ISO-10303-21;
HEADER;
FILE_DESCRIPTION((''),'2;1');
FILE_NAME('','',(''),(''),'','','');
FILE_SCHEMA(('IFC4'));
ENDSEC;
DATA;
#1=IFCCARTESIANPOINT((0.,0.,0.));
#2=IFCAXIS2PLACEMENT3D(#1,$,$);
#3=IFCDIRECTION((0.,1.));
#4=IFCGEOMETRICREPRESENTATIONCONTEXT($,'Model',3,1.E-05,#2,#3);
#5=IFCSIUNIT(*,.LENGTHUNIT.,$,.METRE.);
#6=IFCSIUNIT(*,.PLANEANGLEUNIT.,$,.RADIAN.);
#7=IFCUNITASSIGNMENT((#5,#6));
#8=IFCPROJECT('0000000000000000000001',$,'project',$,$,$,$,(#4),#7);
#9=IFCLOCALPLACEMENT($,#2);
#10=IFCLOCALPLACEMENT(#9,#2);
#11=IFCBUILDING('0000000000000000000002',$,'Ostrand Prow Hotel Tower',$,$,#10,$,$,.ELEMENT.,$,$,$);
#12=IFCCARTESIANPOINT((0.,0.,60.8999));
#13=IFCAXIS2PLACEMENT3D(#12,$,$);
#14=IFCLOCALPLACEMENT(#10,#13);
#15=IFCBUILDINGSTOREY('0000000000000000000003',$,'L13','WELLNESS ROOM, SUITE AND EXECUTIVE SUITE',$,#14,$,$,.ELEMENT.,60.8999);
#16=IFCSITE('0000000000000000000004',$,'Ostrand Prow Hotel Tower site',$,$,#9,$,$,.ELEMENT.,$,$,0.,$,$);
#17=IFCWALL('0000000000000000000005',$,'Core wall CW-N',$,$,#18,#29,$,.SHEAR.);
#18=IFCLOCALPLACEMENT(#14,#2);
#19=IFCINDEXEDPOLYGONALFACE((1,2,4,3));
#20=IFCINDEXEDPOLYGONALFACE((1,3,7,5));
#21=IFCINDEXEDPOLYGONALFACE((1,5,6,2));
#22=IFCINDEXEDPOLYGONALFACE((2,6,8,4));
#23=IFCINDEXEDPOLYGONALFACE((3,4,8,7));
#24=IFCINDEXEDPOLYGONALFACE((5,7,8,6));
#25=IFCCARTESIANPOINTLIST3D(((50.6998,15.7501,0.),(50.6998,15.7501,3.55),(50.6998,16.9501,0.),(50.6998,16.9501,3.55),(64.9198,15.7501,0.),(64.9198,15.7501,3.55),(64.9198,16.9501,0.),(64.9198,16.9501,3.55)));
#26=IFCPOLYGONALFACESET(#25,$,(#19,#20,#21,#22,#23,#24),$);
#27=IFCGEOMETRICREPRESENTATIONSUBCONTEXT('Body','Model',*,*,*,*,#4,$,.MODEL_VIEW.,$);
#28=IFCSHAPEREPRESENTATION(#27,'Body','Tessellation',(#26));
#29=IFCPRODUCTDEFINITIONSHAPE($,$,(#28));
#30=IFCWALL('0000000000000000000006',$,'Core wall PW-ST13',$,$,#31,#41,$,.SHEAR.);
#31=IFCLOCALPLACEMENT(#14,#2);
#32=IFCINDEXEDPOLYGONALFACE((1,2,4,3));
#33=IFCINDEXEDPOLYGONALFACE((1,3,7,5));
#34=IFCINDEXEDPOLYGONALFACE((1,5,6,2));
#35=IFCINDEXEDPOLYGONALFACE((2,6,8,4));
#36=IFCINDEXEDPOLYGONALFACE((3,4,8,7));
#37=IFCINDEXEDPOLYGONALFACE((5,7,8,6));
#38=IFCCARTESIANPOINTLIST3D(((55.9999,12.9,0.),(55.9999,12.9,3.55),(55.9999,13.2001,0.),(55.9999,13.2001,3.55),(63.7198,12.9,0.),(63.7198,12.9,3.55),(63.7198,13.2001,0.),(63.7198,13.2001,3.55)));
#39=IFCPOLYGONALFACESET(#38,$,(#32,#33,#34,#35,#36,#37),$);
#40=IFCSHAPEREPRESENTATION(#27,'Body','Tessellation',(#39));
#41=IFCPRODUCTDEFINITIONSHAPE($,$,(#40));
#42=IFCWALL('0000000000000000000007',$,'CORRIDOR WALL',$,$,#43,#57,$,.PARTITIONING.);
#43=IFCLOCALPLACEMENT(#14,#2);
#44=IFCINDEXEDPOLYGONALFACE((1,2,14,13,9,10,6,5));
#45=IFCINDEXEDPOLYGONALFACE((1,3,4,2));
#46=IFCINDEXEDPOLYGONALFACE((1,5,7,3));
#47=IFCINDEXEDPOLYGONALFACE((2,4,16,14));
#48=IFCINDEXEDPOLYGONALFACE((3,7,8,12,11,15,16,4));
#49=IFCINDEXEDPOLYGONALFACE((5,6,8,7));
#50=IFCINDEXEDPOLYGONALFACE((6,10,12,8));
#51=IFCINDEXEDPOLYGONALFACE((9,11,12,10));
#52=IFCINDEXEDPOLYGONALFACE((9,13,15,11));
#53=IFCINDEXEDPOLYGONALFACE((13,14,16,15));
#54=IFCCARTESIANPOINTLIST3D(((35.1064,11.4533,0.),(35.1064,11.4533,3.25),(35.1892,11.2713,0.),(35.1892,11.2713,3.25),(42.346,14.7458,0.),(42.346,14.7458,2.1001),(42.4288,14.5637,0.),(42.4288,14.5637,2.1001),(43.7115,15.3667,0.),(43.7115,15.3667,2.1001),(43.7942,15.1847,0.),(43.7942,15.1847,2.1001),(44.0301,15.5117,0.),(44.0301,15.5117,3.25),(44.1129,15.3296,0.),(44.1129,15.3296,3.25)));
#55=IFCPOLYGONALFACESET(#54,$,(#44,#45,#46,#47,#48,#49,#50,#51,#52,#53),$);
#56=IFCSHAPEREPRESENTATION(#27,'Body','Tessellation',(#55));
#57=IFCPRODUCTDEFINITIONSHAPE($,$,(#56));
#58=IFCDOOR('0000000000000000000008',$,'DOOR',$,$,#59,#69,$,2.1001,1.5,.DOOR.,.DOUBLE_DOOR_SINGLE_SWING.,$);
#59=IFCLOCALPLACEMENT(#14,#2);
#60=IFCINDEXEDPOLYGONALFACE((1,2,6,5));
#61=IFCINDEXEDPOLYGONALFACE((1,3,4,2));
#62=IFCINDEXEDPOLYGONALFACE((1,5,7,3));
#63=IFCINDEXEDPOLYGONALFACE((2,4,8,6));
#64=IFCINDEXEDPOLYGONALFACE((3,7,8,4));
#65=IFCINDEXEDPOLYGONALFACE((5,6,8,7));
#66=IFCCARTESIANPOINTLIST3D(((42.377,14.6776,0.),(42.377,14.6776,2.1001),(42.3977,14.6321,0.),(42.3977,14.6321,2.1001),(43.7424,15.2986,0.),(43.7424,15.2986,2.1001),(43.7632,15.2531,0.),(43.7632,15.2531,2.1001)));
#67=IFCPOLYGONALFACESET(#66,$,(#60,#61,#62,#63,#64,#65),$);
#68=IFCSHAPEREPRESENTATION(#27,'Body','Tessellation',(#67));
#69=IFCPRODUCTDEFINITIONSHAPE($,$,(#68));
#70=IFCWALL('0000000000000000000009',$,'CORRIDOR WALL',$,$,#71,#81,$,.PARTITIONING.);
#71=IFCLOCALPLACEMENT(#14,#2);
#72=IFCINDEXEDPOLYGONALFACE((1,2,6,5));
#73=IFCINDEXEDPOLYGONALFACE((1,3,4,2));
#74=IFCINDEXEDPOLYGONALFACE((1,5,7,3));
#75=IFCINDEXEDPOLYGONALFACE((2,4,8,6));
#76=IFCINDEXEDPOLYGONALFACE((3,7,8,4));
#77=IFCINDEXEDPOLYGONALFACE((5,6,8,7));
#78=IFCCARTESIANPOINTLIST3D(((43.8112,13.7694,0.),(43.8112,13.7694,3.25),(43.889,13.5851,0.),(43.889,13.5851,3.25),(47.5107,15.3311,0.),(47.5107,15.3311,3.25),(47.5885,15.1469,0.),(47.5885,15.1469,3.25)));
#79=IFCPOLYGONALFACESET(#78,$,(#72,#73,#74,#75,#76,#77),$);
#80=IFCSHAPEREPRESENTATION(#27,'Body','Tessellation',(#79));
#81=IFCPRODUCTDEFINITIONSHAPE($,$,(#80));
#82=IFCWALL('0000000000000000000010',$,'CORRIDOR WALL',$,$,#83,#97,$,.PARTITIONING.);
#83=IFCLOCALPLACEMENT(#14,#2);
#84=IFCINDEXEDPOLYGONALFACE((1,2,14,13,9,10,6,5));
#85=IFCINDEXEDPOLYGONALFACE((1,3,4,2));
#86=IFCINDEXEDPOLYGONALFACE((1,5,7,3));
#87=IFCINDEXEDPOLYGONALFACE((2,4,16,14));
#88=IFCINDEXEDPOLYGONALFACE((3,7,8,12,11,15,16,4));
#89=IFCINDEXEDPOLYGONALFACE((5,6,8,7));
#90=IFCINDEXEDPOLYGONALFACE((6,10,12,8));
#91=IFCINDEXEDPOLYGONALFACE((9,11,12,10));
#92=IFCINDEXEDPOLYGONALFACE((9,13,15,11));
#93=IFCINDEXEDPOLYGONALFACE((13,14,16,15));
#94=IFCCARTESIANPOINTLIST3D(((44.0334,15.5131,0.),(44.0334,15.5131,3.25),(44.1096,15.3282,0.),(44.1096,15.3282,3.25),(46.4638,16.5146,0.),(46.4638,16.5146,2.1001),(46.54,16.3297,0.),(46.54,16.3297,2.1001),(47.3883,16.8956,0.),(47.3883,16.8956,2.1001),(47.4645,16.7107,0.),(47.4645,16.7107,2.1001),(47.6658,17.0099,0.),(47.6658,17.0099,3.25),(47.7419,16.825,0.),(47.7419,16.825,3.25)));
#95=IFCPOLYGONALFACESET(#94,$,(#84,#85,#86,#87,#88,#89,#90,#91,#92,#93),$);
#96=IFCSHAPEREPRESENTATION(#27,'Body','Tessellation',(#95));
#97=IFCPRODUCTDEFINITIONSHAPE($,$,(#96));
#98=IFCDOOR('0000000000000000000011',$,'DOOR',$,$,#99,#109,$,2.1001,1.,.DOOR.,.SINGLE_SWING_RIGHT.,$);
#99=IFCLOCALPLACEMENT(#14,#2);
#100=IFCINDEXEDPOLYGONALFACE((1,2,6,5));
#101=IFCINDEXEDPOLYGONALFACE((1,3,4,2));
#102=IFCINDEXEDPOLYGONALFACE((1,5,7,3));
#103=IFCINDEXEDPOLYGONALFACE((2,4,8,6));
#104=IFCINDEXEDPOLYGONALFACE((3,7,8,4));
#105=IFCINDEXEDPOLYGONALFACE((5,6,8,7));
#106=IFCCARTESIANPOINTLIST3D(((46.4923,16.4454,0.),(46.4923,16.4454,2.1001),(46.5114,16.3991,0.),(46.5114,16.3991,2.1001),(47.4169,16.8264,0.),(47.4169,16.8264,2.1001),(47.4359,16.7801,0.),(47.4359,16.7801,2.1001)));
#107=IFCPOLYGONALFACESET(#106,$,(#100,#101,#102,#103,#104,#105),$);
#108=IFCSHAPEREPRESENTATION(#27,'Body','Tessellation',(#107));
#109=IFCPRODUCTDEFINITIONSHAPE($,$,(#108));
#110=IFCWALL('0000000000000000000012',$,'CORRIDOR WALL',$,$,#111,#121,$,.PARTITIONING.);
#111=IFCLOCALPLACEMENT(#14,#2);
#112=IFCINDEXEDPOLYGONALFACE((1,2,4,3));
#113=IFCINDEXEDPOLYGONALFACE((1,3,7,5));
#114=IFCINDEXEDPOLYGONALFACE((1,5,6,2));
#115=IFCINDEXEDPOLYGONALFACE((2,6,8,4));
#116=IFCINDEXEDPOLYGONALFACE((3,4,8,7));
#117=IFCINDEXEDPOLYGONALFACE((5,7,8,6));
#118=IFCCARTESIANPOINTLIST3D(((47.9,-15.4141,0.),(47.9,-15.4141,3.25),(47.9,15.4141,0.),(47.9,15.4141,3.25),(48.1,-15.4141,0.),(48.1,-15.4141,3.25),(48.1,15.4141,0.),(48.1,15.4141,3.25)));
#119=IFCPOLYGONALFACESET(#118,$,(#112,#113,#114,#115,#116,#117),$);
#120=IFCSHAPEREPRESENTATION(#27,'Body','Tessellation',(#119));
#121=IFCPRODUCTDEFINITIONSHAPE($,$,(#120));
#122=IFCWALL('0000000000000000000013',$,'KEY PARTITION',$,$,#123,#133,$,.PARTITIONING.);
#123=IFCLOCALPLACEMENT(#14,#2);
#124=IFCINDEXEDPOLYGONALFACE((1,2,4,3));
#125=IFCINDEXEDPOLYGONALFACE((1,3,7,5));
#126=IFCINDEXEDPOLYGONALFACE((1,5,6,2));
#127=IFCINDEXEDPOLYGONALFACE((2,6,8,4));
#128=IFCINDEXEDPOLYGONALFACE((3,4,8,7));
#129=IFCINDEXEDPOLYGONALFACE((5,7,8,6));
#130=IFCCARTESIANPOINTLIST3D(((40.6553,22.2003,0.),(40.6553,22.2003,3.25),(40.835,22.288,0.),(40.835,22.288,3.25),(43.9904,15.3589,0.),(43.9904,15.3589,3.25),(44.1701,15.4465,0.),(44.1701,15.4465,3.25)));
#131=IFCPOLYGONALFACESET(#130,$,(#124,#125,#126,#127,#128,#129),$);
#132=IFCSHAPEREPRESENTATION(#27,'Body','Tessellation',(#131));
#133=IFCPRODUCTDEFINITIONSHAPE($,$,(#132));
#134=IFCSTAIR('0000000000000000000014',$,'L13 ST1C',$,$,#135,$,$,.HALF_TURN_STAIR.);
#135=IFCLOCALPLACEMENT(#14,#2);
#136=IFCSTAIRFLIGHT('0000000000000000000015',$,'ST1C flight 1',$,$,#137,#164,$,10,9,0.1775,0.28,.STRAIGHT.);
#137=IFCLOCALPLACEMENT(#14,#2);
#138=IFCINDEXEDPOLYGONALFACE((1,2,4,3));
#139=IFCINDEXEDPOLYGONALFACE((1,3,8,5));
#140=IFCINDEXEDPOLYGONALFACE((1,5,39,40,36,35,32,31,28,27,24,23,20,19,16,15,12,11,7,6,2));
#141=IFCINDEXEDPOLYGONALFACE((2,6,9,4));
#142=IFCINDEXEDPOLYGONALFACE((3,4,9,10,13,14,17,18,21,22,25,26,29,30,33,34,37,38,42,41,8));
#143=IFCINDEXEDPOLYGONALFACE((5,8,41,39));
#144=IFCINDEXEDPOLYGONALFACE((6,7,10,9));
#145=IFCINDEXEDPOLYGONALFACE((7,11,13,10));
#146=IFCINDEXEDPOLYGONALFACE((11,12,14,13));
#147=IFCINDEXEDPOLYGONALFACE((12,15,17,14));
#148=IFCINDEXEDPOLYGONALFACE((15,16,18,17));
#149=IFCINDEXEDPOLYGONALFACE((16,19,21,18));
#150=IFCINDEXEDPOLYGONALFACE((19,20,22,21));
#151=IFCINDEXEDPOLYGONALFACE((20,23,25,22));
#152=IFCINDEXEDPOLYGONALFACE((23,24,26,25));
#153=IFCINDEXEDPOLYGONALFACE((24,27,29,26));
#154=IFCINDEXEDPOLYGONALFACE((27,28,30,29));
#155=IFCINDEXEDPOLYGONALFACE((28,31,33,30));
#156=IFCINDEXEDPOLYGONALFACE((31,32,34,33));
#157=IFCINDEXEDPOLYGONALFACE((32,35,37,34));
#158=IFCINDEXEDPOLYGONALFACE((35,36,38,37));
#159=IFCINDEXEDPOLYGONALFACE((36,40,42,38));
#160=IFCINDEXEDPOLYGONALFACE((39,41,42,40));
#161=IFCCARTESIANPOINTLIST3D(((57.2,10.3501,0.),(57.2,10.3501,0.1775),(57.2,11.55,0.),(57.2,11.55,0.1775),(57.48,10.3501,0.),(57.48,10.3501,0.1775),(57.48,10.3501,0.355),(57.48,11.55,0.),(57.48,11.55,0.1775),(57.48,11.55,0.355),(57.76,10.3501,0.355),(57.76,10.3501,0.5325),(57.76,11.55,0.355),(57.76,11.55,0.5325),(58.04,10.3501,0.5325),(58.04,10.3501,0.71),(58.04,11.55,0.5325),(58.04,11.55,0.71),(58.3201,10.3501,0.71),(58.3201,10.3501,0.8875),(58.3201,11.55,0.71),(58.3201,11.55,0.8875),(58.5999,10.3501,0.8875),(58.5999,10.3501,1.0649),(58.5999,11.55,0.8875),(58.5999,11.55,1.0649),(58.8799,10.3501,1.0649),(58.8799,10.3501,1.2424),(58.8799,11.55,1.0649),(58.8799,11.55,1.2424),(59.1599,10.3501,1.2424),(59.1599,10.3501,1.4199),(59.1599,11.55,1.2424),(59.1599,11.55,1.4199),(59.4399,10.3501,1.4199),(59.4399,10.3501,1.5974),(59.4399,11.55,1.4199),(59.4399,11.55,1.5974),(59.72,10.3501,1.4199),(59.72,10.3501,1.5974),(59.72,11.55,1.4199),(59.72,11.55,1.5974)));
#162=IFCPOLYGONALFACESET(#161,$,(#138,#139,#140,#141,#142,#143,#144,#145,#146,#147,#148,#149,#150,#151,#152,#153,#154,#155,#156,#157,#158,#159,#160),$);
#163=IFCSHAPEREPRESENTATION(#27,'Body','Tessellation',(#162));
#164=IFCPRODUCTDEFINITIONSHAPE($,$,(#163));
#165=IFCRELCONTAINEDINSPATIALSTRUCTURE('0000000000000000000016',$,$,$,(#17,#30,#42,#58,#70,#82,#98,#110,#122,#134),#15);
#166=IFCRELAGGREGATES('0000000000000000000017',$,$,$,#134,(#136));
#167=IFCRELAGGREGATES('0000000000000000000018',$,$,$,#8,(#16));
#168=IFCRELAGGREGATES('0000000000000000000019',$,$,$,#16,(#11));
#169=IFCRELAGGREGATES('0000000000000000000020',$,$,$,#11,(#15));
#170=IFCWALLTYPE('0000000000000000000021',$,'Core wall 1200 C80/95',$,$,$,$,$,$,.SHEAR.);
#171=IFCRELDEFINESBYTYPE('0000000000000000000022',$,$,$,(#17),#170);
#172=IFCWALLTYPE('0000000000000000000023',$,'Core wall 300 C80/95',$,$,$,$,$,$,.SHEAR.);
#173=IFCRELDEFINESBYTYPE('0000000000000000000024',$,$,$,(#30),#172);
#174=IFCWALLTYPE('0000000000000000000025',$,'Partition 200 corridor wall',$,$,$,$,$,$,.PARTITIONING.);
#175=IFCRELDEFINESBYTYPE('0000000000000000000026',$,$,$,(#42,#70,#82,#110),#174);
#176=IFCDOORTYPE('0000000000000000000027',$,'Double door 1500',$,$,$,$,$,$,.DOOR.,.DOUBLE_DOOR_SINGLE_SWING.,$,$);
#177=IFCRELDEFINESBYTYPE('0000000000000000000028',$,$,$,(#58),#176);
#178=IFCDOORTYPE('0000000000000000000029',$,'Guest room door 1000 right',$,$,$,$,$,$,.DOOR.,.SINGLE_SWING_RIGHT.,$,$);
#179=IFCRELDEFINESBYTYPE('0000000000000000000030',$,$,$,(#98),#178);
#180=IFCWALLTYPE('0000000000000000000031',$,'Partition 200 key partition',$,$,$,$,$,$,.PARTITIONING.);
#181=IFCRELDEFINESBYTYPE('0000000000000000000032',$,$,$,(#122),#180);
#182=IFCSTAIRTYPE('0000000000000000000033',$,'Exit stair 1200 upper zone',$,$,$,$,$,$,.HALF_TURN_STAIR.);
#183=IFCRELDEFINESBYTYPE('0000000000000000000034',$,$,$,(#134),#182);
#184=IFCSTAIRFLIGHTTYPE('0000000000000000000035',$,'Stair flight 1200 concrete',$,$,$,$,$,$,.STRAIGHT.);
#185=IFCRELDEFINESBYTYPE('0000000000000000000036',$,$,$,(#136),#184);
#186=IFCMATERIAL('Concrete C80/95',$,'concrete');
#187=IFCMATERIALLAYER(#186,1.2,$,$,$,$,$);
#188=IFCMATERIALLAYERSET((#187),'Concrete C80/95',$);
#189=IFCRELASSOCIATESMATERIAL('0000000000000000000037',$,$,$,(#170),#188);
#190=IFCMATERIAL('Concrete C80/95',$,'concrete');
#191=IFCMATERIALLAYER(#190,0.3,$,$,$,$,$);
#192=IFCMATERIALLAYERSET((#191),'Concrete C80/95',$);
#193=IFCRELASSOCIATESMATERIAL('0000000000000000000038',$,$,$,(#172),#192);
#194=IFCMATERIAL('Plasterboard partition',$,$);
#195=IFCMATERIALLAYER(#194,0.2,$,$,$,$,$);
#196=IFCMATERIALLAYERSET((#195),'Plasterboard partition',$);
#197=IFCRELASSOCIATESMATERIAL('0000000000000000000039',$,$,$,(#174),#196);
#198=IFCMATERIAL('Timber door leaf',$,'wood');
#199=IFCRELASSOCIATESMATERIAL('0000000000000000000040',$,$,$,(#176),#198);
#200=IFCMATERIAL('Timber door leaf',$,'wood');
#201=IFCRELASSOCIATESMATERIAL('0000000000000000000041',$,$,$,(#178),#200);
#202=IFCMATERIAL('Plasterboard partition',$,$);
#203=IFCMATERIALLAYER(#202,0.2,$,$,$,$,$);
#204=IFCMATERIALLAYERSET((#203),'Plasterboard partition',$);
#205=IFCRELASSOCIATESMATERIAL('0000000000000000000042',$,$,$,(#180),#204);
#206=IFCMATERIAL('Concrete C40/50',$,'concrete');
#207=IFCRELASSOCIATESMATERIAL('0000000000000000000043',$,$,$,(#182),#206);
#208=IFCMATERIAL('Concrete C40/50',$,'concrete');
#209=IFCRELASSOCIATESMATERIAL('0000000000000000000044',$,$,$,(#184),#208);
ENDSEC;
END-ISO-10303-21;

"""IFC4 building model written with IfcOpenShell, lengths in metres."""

from ifc_helpers import new_model, si_unit, direction, frame, frame_2d, origin, place, context, subcontext, project, spatial, polyline, rectangle, outline, extrude, material, layer, layer_set, type_object, element, fill, aggregate, save


model = new_model("IFC4")

# Units and contexts
model_context = context("Model", 3, precision=1e-05, world=origin(), true_north=direction((0.0, 1.0)))
body_context = subcontext(model_context, "Body", "Model", "MODEL_VIEW")
ifc_project = project(units=[si_unit("LENGTHUNIT", "METRE"), si_unit("PLANEANGLEUNIT", "RADIAN")], contexts=[model_context])

# Site, building, storey
site_placement = place(None, origin())
site = spatial("IfcSite", under=ifc_project, at=site_placement, Name="Ostrand Prow Hotel Tower site", CompositionType="ELEMENT", RefElevation=0.0)
building_placement = place(site_placement, origin())
building = spatial("IfcBuilding", under=site, at=building_placement, Name="Ostrand Prow Hotel Tower", CompositionType="ELEMENT")
storey_placement = place(building_placement, frame((0.0, 0.0, 60.8999)))
storey = spatial("IfcBuildingStorey", under=building, at=storey_placement, Name="L13", Description="WELLNESS ROOM, SUITE AND EXECUTIVE SUITE", CompositionType="ELEMENT", Elevation=60.8999)

# Walls
ifc_material_1 = material(Name="Concrete C80/95", Category="concrete")
ifc_layer_1 = layer(ifc_material_1, 1.2)
ifc_layer_set_1 = layer_set([ifc_layer_1], Name="Concrete C80/95")
wall_type_1 = type_object("IfcWallType", Name="Core wall 1200 C80/95", PredefinedType="SHEAR", material=ifc_layer_set_1)
wall_1_placement = place(storey_placement, frame((50.7, 16.3501, 0.0), z_axis=(0.0, 0.0, 1.0), x_axis=(1.0, 0.0, 0.0)))
element("IfcWall", 1, at=wall_1_placement, inside=storey, type_object=wall_type_1, Name="Core wall CW-N", PredefinedType="SHEAR", context=body_context, shape_type="SweptSolid", body=[
    extrude(rectangle(XDim=14.22, YDim=1.2, at=frame_2d((7.1099, 0.0))), origin(), (0.0, 0.0, 1.0), 3.55),
])
ifc_material_2 = material(Name="Concrete C80/95", Category="concrete")
ifc_layer_2 = layer(ifc_material_2, 0.3)
ifc_layer_set_2 = layer_set([ifc_layer_2], Name="Concrete C80/95")
wall_type_2 = type_object("IfcWallType", Name="Core wall 300 C80/95", PredefinedType="SHEAR", material=ifc_layer_set_2)
wall_2_placement = place(storey_placement, frame((56.0, 13.05, 0.0), z_axis=(0.0, 0.0, 1.0), x_axis=(1.0, 0.0, 0.0)))
element("IfcWall", 2, at=wall_2_placement, inside=storey, type_object=wall_type_2, Name="Core wall PW-ST13", PredefinedType="SHEAR", context=body_context, shape_type="SweptSolid", body=[
    extrude(rectangle(XDim=7.72, YDim=0.3, at=frame_2d((3.8599, 0.0))), origin(), (0.0, 0.0, 1.0), 3.55),
])

# Wall, opening, door
ifc_material_3 = material(Name="Plasterboard partition")
ifc_layer_3 = layer(ifc_material_3, 0.2)
ifc_layer_set_3 = layer_set([ifc_layer_3], Name="Plasterboard partition")
wall_type_3 = type_object("IfcWallType", Name="Partition 200 corridor wall", PredefinedType="PARTITIONING", material=ifc_layer_set_3)
wall_3_placement = place(storey_placement, frame((44.0715, 15.4207, 0.0), z_axis=(0.0, 0.0, 1.0), x_axis=(-0.910287, -0.413977, 0.0)))
wall_3 = element("IfcWall", 3, at=wall_3_placement, inside=storey, type_object=wall_type_3, Name="CORRIDOR WALL", PredefinedType="PARTITIONING", context=body_context, shape_type="SweptSolid", body=[
    extrude(rectangle(XDim=9.8032, YDim=0.2, at=frame_2d((4.9016, 0.0))), origin(), (0.0, 0.0, 1.0), 3.25),
])
opening_1_placement = place(wall_3_placement, frame((0.3501, 0.0, 0.0)))
opening_1 = element("IfcOpeningElement", 4, at=opening_1_placement, cuts=wall_3, PredefinedType="OPENING", context=body_context, shape_type="SweptSolid", body=[
    extrude(rectangle(XDim=1.5, YDim=2.1001, at=frame_2d((0.75, 1.05))), frame((0.0, 0.1099, 0.0), z_axis=(0.0, -1.0, 0.0), x_axis=(1.0, 0.0, 0.0)), (0.0, 0.0, 1.0), 0.22),
])
ifc_material_4 = material(Name="Timber door leaf", Category="wood")
door_type_1 = type_object("IfcDoorType", Name="Double door 1500", OperationType="DOUBLE_DOOR_SINGLE_SWING", PredefinedType="DOOR", material=ifc_material_4)
door_1_placement = place(opening_1_placement, origin())
door_1 = element("IfcDoor", 5, at=door_1_placement, inside=storey, type_object=door_type_1, Name="DOOR", OperationType="DOUBLE_DOOR_SINGLE_SWING", OverallHeight=2.1001, OverallWidth=1.5, PredefinedType="DOOR", context=body_context, shape_type="SweptSolid", body=[
    extrude(rectangle(XDim=1.5, YDim=2.1001, at=frame_2d((0.75, 1.05))), frame((0.0, 0.0249, 0.0), z_axis=(0.0, -1.0, 0.0), x_axis=(1.0, 0.0, 0.0)), (0.0, 0.0, 1.0), 0.05),
])
fill(opening_1, door_1)

# Wall
wall_4_placement = place(storey_placement, frame((43.8501, 13.6772, 0.0), z_axis=(0.0, 0.0, 1.0), x_axis=(0.92127, 0.388924, 0.0)))
element("IfcWall", 6, at=wall_4_placement, inside=storey, type_object=wall_type_3, Name="CORRIDOR WALL", PredefinedType="PARTITIONING", context=body_context, shape_type="SweptSolid", body=[
    extrude(rectangle(XDim=4.0156, YDim=0.2, at=frame_2d((2.0078, 0.0))), origin(), (0.0, 0.0, 1.0), 3.25),
])

# Wall, opening, door
wall_5_placement = place(storey_placement, frame((47.7039, 16.9175, 0.0), z_axis=(0.0, 0.0, 1.0), x_axis=(-0.924574, -0.381003, 0.0)))
wall_5 = element("IfcWall", 7, at=wall_5_placement, inside=storey, type_object=wall_type_3, Name="CORRIDOR WALL", PredefinedType="PARTITIONING", context=body_context, shape_type="SweptSolid", body=[
    extrude(rectangle(XDim=3.9287, YDim=0.2, at=frame_2d((1.9644, 0.0))), origin(), (0.0, 0.0, 1.0), 3.25),
])
opening_2_placement = place(wall_5_placement, frame((0.3, 0.0, 0.0)))
opening_2 = element("IfcOpeningElement", 8, at=opening_2_placement, cuts=wall_5, PredefinedType="OPENING", context=body_context, shape_type="SweptSolid", body=[
    extrude(rectangle(XDim=1.0, YDim=2.1001, at=frame_2d((0.5, 1.05))), frame((0.0, 0.1099, 0.0), z_axis=(0.0, -1.0, 0.0), x_axis=(1.0, 0.0, 0.0)), (0.0, 0.0, 1.0), 0.22),
])
ifc_material_5 = material(Name="Timber door leaf", Category="wood")
door_type_2 = type_object("IfcDoorType", Name="Guest room door 1000 right", OperationType="SINGLE_SWING_RIGHT", PredefinedType="DOOR", material=ifc_material_5)
door_2_placement = place(opening_2_placement, origin())
door_2 = element("IfcDoor", 9, at=door_2_placement, inside=storey, type_object=door_type_2, Name="DOOR", OperationType="SINGLE_SWING_RIGHT", OverallHeight=2.1001, OverallWidth=1.0, PredefinedType="DOOR", context=body_context, shape_type="SweptSolid", body=[
    extrude(rectangle(XDim=1.0, YDim=2.1001, at=frame_2d((0.5, 1.05))), frame((0.0, 0.0249, 0.0), z_axis=(0.0, -1.0, 0.0), x_axis=(1.0, 0.0, 0.0)), (0.0, 0.0, 1.0), 0.05),
])
fill(opening_2, door_2)

# Walls
wall_6_placement = place(storey_placement, frame((48.0, 15.4141, 0.0), z_axis=(0.0, 0.0, 1.0), x_axis=(0.0, -1.0, 0.0)))
element("IfcWall", 10, at=wall_6_placement, inside=storey, type_object=wall_type_3, Name="CORRIDOR WALL", PredefinedType="PARTITIONING", context=body_context, shape_type="SweptSolid", body=[
    extrude(rectangle(XDim=30.8281, YDim=0.2, at=frame_2d((15.4141, 0.0))), origin(), (0.0, 0.0, 1.0), 3.25),
])
ifc_material_6 = material(Name="Plasterboard partition")
ifc_layer_4 = layer(ifc_material_6, 0.2)
ifc_layer_set_4 = layer_set([ifc_layer_4], Name="Plasterboard partition")
wall_type_4 = type_object("IfcWallType", Name="Partition 200 key partition", PredefinedType="PARTITIONING", material=ifc_layer_set_4)
wall_7_placement = place(storey_placement, frame((44.0803, 15.4026, 0.0), z_axis=(0.0, 0.0, 1.0), x_axis=(-0.438197, 0.898879, 0.0)))
element("IfcWall", 11, at=wall_7_placement, inside=storey, type_object=wall_type_4, Name="KEY PARTITION", PredefinedType="PARTITIONING", context=body_context, shape_type="SweptSolid", body=[
    extrude(rectangle(XDim=7.6111, YDim=0.2, at=frame_2d((3.8057, 0.0))), origin(), (0.0, 0.0, 1.0), 3.25),
])

# Stair, stair flight
ifc_material_7 = material(Name="Concrete C40/50", Category="concrete")
stair_type = type_object("IfcStairType", Name="Exit stair 1200 upper zone", PredefinedType="HALF_TURN_STAIR", material=ifc_material_7)
stair_placement = place(storey_placement, origin())
stair = element("IfcStair", 12, at=stair_placement, inside=storey, type_object=stair_type, Name="L13 ST1C", PredefinedType="HALF_TURN_STAIR")
ifc_material_8 = material(Name="Concrete C40/50", Category="concrete")
stair_flight_type = type_object("IfcStairFlightType", Name="Stair flight 1200 concrete", PredefinedType="STRAIGHT", material=ifc_material_8)
stair_flight_placement = place(storey_placement, frame((57.2, 10.95, 0.0), z_axis=(0.0, 0.0, 1.0), x_axis=(1.0, 0.0, 0.0)))
stair_flight = element("IfcStairFlight", 13, at=stair_flight_placement, type_object=stair_flight_type, Name="ST1C flight 1", NumberOfRisers=10, NumberOfTreads=9, PredefinedType="STRAIGHT", RiserHeight=0.1775, TreadLength=0.28, context=body_context, shape_type="SweptSolid", body=[
    extrude(outline(polyline([(0.0, 0.0), (0.0, 0.1775), (0.28, 0.1775), (0.28, 0.355), (0.5601, 0.355), (0.5601, 0.5325), (0.8401, 0.5325), (0.8401, 0.71), (1.1201, 0.71), (1.1201, 0.8875), (1.3999, 0.8875), (1.3999, 1.0649), (1.6799, 1.0649), (1.6799, 1.2424), (1.96, 1.2424), (1.96, 1.4199), (2.24, 1.4199), (2.24, 1.5974), (2.52, 1.5974), (2.52, 1.7749), (2.52, 1.4199), (0.28, 0.0), (0.0, 0.0)])), frame((0.0, 0.6001, 0.0), z_axis=(0.0, -1.0, 0.0), x_axis=(1.0, 0.0, 0.0)), (0.0, 0.0, 1.0), 1.2),
])
aggregate(stair, [stair_flight])

save(model, "model.ifc")
